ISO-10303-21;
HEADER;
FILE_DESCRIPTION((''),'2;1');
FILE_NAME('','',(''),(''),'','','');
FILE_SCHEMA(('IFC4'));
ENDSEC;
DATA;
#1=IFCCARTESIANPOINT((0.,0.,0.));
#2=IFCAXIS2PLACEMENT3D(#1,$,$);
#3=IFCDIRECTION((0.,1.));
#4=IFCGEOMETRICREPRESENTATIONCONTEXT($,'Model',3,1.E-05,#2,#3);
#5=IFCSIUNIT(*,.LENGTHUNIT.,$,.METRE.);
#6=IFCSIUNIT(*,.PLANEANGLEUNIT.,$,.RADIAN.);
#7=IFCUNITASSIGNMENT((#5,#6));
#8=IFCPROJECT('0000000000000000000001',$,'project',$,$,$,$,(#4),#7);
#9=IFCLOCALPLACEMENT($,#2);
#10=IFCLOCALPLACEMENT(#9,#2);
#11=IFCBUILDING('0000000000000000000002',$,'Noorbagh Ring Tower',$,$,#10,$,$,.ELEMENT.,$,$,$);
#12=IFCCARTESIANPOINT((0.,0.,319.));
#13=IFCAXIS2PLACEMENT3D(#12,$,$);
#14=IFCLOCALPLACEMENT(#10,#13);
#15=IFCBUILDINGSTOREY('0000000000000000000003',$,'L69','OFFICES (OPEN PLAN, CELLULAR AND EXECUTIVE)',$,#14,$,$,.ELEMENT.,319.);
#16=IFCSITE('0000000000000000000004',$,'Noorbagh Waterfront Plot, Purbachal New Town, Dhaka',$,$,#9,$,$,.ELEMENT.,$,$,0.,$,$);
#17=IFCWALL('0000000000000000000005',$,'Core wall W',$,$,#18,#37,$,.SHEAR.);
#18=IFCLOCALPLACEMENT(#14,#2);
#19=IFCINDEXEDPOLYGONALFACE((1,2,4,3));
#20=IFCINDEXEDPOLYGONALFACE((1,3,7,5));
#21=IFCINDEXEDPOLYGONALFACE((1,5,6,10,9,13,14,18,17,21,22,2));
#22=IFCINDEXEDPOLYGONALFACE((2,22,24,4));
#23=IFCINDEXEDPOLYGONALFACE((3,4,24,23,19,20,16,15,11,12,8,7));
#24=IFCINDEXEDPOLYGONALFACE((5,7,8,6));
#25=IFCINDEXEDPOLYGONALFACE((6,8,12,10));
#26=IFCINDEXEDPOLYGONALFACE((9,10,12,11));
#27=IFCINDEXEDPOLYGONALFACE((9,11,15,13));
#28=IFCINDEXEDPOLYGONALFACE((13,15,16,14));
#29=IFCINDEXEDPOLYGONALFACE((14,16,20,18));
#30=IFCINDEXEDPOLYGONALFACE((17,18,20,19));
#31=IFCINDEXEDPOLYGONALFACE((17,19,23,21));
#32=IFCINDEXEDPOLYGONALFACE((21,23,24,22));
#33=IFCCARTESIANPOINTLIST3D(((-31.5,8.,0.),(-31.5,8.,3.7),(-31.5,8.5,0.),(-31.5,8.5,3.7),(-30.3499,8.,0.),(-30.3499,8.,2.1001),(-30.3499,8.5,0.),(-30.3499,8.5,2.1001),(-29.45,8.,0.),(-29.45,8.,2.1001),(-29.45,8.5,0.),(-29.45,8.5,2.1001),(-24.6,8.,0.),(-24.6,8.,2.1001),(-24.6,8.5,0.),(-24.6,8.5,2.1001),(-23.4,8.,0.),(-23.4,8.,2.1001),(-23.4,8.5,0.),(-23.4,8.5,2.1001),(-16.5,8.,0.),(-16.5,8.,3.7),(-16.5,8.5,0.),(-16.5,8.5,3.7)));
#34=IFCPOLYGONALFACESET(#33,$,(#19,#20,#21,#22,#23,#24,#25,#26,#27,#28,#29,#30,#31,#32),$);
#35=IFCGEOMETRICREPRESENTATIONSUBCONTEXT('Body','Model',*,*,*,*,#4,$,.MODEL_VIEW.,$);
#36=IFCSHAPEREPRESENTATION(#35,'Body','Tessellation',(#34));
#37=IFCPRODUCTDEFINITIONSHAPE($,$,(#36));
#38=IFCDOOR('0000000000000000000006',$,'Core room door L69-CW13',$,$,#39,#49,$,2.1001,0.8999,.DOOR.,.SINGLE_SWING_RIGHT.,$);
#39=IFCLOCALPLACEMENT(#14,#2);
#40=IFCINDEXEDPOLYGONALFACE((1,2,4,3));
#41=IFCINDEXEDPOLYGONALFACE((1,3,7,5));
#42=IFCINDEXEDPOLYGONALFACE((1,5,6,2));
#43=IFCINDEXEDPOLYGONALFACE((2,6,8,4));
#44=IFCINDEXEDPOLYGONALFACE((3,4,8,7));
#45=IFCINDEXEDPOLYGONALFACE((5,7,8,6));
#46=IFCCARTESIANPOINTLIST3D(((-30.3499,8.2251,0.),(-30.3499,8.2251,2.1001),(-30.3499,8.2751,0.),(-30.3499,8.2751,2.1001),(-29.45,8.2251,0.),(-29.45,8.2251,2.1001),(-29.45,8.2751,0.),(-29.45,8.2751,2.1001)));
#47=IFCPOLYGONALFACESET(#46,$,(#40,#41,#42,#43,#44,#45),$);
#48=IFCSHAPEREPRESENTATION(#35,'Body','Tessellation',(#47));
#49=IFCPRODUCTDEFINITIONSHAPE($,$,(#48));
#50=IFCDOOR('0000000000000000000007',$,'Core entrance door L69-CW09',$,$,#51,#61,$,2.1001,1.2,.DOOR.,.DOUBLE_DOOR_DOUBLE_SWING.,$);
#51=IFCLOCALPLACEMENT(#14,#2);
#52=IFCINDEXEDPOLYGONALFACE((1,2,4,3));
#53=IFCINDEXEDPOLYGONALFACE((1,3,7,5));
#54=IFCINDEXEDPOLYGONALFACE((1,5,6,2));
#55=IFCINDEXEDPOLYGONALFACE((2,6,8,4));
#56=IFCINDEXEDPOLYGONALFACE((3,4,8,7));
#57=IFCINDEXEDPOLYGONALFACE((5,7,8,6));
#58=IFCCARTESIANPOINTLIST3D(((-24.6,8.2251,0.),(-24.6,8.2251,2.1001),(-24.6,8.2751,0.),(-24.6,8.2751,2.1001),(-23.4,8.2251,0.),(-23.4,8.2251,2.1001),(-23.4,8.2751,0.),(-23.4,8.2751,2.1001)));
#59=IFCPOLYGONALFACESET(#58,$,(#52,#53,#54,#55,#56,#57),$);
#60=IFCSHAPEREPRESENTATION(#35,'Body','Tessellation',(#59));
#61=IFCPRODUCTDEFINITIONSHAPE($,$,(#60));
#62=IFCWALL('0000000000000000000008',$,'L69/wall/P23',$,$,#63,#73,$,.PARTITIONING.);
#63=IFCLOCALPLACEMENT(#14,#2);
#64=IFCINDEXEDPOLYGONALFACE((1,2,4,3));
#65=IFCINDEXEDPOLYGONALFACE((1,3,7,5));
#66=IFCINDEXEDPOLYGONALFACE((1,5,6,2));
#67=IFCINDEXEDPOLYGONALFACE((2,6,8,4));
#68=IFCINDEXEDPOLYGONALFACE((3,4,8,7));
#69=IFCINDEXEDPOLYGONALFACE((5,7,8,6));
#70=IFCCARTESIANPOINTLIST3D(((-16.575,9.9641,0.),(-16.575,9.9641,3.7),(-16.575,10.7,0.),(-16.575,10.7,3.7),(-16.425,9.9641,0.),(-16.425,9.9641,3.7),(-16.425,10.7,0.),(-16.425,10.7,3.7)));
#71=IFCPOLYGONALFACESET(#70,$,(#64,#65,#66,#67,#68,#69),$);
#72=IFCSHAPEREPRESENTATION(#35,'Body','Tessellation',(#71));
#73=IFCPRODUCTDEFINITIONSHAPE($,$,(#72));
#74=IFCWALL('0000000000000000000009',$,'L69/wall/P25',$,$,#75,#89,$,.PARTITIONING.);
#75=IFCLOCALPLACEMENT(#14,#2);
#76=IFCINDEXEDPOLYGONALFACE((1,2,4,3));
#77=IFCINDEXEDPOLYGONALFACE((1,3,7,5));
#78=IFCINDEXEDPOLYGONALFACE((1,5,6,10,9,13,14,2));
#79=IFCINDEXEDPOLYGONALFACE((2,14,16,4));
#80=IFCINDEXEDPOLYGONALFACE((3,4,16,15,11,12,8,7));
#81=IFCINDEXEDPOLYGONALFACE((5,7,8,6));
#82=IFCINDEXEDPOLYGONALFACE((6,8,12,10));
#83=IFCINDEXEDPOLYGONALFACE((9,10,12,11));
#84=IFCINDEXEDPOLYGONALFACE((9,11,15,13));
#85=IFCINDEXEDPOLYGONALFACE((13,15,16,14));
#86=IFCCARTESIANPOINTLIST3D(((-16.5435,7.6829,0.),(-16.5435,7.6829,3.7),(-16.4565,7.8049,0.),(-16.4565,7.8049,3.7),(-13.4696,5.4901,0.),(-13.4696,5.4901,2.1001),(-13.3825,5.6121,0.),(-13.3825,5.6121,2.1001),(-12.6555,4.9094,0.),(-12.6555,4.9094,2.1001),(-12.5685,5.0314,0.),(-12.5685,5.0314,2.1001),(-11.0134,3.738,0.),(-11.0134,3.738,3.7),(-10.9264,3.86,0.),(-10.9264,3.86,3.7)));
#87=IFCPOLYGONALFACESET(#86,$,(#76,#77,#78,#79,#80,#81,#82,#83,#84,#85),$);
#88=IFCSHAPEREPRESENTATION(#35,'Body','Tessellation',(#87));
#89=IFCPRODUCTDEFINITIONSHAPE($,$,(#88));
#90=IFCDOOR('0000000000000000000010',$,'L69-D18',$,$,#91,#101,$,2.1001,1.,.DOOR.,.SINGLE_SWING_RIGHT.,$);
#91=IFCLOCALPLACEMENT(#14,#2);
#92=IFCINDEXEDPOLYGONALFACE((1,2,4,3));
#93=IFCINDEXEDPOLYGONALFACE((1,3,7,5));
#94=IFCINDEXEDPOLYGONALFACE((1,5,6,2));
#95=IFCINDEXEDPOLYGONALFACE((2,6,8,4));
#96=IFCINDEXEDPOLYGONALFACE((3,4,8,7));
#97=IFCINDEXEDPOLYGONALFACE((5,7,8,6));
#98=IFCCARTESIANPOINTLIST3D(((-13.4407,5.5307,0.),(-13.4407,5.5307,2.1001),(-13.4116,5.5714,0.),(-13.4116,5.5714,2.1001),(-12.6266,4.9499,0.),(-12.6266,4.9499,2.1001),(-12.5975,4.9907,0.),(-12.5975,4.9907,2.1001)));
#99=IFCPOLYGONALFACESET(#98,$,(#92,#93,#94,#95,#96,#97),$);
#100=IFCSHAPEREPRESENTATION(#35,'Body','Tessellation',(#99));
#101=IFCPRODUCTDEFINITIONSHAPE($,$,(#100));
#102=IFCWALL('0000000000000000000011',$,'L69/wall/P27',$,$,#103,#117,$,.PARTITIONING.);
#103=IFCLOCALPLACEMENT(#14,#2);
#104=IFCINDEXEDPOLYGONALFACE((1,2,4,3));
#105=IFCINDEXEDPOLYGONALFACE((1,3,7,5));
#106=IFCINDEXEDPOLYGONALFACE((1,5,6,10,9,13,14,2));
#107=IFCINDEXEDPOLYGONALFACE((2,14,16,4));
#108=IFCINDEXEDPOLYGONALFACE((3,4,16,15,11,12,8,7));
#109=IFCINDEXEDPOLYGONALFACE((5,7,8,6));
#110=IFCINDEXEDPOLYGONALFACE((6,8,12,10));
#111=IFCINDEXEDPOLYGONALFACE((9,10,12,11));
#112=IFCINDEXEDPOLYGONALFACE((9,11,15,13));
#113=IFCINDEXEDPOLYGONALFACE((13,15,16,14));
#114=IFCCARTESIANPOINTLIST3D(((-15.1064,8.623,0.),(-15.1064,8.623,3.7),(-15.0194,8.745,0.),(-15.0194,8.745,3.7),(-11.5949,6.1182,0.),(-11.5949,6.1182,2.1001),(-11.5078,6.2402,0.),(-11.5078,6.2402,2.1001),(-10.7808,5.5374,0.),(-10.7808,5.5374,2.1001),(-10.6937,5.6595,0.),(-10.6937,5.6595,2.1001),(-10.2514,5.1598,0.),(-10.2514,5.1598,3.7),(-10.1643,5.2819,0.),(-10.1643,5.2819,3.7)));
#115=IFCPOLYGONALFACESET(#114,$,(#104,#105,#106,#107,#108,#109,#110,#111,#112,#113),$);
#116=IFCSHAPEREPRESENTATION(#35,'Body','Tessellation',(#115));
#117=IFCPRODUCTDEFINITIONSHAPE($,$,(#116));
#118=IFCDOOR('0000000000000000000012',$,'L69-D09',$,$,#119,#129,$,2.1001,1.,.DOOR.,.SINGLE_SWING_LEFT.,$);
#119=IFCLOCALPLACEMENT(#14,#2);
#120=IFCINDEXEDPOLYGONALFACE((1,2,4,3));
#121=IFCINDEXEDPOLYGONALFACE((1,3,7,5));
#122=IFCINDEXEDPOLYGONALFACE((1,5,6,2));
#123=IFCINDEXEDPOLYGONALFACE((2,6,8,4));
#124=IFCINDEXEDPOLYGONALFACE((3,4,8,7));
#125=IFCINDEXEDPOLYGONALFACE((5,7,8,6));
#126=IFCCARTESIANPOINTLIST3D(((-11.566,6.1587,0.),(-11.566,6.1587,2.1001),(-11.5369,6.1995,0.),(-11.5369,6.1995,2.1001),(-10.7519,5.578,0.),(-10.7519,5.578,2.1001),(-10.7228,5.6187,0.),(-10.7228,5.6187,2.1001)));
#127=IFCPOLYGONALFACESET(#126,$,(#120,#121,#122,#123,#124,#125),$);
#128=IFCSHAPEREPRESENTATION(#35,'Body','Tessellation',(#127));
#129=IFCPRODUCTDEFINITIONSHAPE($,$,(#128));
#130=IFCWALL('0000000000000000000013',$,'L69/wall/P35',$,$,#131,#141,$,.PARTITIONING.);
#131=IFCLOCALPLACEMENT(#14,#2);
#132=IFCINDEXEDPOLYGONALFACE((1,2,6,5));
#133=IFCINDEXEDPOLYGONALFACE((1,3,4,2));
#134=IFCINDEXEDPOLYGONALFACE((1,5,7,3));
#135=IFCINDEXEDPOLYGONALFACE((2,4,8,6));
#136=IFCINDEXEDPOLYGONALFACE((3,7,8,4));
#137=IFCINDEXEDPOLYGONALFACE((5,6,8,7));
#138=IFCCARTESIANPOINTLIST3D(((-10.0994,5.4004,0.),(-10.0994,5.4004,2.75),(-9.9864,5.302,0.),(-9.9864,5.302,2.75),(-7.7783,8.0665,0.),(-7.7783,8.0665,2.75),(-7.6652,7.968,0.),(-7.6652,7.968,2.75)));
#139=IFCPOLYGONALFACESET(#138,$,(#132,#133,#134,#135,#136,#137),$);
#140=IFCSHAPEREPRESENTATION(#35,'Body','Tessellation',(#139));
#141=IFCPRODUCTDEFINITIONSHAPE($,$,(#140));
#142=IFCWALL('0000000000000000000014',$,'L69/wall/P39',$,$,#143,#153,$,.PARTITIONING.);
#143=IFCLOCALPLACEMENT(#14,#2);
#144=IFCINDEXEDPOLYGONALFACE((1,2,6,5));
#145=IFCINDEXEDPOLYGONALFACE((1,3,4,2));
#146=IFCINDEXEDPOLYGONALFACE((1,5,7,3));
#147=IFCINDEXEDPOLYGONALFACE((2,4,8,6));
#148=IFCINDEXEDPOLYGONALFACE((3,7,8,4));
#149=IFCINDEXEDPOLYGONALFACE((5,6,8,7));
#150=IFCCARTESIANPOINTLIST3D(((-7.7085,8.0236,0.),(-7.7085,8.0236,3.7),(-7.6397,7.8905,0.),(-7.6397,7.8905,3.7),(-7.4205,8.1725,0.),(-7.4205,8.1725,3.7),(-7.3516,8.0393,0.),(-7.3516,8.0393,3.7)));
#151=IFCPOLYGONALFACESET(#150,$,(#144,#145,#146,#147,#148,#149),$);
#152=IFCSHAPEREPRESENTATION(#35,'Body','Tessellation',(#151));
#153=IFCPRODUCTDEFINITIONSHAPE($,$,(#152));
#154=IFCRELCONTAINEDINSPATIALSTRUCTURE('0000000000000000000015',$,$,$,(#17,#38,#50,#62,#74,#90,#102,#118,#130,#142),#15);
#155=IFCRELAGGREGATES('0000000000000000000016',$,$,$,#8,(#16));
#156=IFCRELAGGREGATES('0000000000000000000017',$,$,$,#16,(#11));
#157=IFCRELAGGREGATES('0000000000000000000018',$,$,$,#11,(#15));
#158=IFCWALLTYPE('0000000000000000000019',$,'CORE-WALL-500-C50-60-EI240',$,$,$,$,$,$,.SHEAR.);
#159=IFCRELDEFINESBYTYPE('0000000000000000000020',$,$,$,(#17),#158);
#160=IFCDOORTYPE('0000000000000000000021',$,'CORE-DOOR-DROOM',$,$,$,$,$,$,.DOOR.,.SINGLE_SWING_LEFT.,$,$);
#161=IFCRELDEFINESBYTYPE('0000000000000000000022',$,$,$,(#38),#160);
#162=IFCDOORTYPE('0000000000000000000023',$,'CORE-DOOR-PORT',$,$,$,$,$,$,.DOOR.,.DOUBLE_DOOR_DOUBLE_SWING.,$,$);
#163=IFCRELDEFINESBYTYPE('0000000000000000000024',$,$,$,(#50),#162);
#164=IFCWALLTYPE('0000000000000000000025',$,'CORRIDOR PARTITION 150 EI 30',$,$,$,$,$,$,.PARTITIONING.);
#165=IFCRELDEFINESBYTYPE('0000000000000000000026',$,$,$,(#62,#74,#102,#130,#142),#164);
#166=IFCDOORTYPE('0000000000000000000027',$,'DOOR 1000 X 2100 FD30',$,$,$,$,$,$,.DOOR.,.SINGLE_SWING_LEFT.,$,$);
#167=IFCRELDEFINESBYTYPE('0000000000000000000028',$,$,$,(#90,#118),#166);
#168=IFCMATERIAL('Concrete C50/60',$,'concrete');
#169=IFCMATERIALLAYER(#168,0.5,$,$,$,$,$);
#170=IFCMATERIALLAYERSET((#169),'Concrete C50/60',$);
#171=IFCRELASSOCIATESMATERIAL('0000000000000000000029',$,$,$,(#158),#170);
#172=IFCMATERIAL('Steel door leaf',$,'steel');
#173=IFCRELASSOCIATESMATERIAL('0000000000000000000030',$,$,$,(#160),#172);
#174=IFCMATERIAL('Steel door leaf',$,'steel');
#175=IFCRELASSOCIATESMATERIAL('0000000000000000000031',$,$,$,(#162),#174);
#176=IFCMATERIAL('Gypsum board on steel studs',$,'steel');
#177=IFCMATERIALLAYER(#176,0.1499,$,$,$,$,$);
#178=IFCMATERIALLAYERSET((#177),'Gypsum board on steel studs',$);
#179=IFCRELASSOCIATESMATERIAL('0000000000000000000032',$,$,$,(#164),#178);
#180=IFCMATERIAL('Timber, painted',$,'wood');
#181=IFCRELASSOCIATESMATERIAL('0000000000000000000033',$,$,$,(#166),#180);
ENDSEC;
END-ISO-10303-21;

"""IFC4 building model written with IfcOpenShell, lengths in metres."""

from ifc_helpers import new_model, si_unit, direction, frame, frame_2d, origin, place, context, subcontext, project, spatial, rectangle, extrude, material, layer, layer_set, type_object, element, fill, save


model = new_model("IFC4")

# Units and contexts
model_context = context("Model", 3, precision=1e-05, world=origin(), true_north=direction((0.0, 1.0)))
body_context = subcontext(model_context, "Body", "Model", "MODEL_VIEW")
ifc_project = project(units=[si_unit("LENGTHUNIT", "METRE"), si_unit("PLANEANGLEUNIT", "RADIAN")], contexts=[model_context])

# Site, building, storey
site_placement = place(None, origin())
site = spatial("IfcSite", under=ifc_project, at=site_placement, Name="Noorbagh Waterfront Plot, Purbachal New Town, Dhaka", CompositionType="ELEMENT", RefElevation=0.0)
building_placement = place(site_placement, origin())
building = spatial("IfcBuilding", under=site, at=building_placement, Name="Noorbagh Ring Tower", CompositionType="ELEMENT")
storey_placement = place(building_placement, frame((0.0, 0.0, 319.0)))
storey = spatial("IfcBuildingStorey", under=building, at=storey_placement, Name="L69", Description="OFFICES (OPEN PLAN, CELLULAR AND EXECUTIVE)", CompositionType="ELEMENT", Elevation=319.0)

# Wall, openings, doors
ifc_material_1 = material(Name="Concrete C50/60", Category="concrete")
ifc_layer_1 = layer(ifc_material_1, 0.5)
ifc_layer_set_1 = layer_set([ifc_layer_1], Name="Concrete C50/60")
wall_type_1 = type_object("IfcWallType", Name="CORE-WALL-500-C50-60-EI240", PredefinedType="SHEAR", material=ifc_layer_set_1)
wall_1_placement = place(storey_placement, frame((-16.5, 8.25, 0.0), z_axis=(0.0, 0.0, 1.0), x_axis=(-1.0, 0.0, 0.0)))
wall_1 = element("IfcWall", 1, at=wall_1_placement, inside=storey, type_object=wall_type_1, Name="Core wall W", PredefinedType="SHEAR", context=body_context, shape_type="SweptSolid", body=[
    extrude(rectangle(XDim=15.0, YDim=0.5, at=frame_2d((7.5, 0.0))), origin(), (0.0, 0.0, 1.0), 3.7),
])
opening_1_placement = place(wall_1_placement, frame((6.8999, 0.0, 0.0)))
opening_1 = element("IfcOpeningElement", 2, at=opening_1_placement, cuts=wall_1, PredefinedType="OPENING", context=body_context, shape_type="SweptSolid", body=[
    extrude(rectangle(XDim=1.2, YDim=2.1001, at=frame_2d((0.6001, 1.05))), frame((0.0, 0.26, 0.0), z_axis=(0.0, -1.0, 0.0), x_axis=(1.0, 0.0, 0.0)), (0.0, 0.0, 1.0), 0.52),
])
opening_2_placement = place(wall_1_placement, frame((12.95, 0.0, 0.0)))
opening_2 = element("IfcOpeningElement", 3, at=opening_2_placement, cuts=wall_1, PredefinedType="OPENING", context=body_context, shape_type="SweptSolid", body=[
    extrude(rectangle(XDim=0.8999, YDim=2.1001, at=frame_2d((0.45, 1.05))), frame((0.0, 0.26, 0.0), z_axis=(0.0, -1.0, 0.0), x_axis=(1.0, 0.0, 0.0)), (0.0, 0.0, 1.0), 0.52),
])
ifc_material_2 = material(Name="Steel door leaf", Category="steel")
door_type_1 = type_object("IfcDoorType", Name="CORE-DOOR-DROOM", OperationType="SINGLE_SWING_LEFT", PredefinedType="DOOR", material=ifc_material_2)
door_1_placement = place(opening_2_placement, origin())
door_1 = element("IfcDoor", 4, at=door_1_placement, inside=storey, type_object=door_type_1, Name="Core room door L69-CW13", OperationType="SINGLE_SWING_RIGHT", OverallHeight=2.1001, OverallWidth=0.8999, PredefinedType="DOOR", context=body_context, shape_type="SweptSolid", body=[
    extrude(rectangle(XDim=0.8999, YDim=2.1001, at=frame_2d((0.45, 1.05))), frame((0.0, 0.0249, 0.0), z_axis=(0.0, -1.0, 0.0), x_axis=(1.0, 0.0, 0.0)), (0.0, 0.0, 1.0), 0.05),
])
fill(opening_2, door_1)
ifc_material_3 = material(Name="Steel door leaf", Category="steel")
door_type_2 = type_object("IfcDoorType", Name="CORE-DOOR-PORT", OperationType="DOUBLE_DOOR_DOUBLE_SWING", PredefinedType="DOOR", material=ifc_material_3)
door_2_placement = place(opening_1_placement, origin())
door_2 = element("IfcDoor", 5, at=door_2_placement, inside=storey, type_object=door_type_2, Name="Core entrance door L69-CW09", OperationType="DOUBLE_DOOR_DOUBLE_SWING", OverallHeight=2.1001, OverallWidth=1.2, PredefinedType="DOOR", context=body_context, shape_type="SweptSolid", body=[
    extrude(rectangle(XDim=1.2, YDim=2.1001, at=frame_2d((0.6001, 1.05))), frame((0.0, 0.0249, 0.0), z_axis=(0.0, -1.0, 0.0), x_axis=(1.0, 0.0, 0.0)), (0.0, 0.0, 1.0), 0.05),
])
fill(opening_1, door_2)

# Wall
ifc_material_4 = material(Name="Gypsum board on steel studs", Category="steel")
ifc_layer_2 = layer(ifc_material_4, 0.1499)
ifc_layer_set_2 = layer_set([ifc_layer_2], Name="Gypsum board on steel studs")
wall_type_2 = type_object("IfcWallType", Name="CORRIDOR PARTITION 150 EI 30", PredefinedType="PARTITIONING", material=ifc_layer_set_2)
wall_2_placement = place(storey_placement, frame((-16.5, 9.9641, 0.0), z_axis=(0.0, 0.0, 1.0), x_axis=(0.0, 1.0, 0.0)))
element("IfcWall", 6, at=wall_2_placement, inside=storey, type_object=wall_type_2, Name="L69/wall/P23", PredefinedType="PARTITIONING", context=body_context, shape_type="SweptSolid", body=[
    extrude(rectangle(XDim=0.7358, YDim=0.1499, at=frame_2d((0.3679, 0.0))), origin(), (0.0, 0.0, 1.0), 3.7),
])

# Walls, openings, doors
wall_3_placement = place(storey_placement, frame((-16.5, 7.7439, 0.0), z_axis=(0.0, 0.0, 1.0), x_axis=(0.814095, -0.580732, 0.0)))
wall_3 = element("IfcWall", 7, at=wall_3_placement, inside=storey, type_object=wall_type_2, Name="L69/wall/P25", PredefinedType="PARTITIONING", context=body_context, shape_type="SweptSolid", body=[
    extrude(rectangle(XDim=6.793, YDim=0.1499, at=frame_2d((3.3965, 0.0))), origin(), (0.0, 0.0, 1.0), 3.7),
])
opening_3_placement = place(wall_3_placement, frame((3.7759, 0.0, 0.0)))
opening_3 = element("IfcOpeningElement", 8, at=opening_3_placement, cuts=wall_3, PredefinedType="OPENING", context=body_context, shape_type="SweptSolid", body=[
    extrude(rectangle(XDim=1.0, YDim=2.1001, at=frame_2d((0.5, 1.05))), frame((0.0, 0.085, 0.0), z_axis=(0.0, -1.0, 0.0), x_axis=(1.0, 0.0, 0.0)), (0.0, 0.0, 1.0), 0.1699),
])
ifc_material_5 = material(Name="Timber, painted", Category="wood")
door_type_3 = type_object("IfcDoorType", Name="DOOR 1000 X 2100 FD30", OperationType="SINGLE_SWING_LEFT", PredefinedType="DOOR", material=ifc_material_5)
door_3_placement = place(opening_3_placement, origin())
door_3 = element("IfcDoor", 9, at=door_3_placement, inside=storey, type_object=door_type_3, Name="L69-D18", OperationType="SINGLE_SWING_RIGHT", OverallHeight=2.1001, OverallWidth=1.0, PredefinedType="DOOR", context=body_context, shape_type="SweptSolid", body=[
    extrude(rectangle(XDim=1.0, YDim=2.1001, at=frame_2d((0.5, 1.05))), frame((0.0, 0.0249, 0.0), z_axis=(0.0, -1.0, 0.0), x_axis=(1.0, 0.0, 0.0)), (0.0, 0.0, 1.0), 0.05),
])
fill(opening_3, door_3)
wall_4_placement = place(storey_placement, frame((-15.063, 8.6841, 0.0), z_axis=(0.0, 0.0, 1.0), x_axis=(0.814107, -0.580715, 0.0)))
wall_4 = element("IfcWall", 10, at=wall_4_placement, inside=storey, type_object=wall_type_2, Name="L69/wall/P27", PredefinedType="PARTITIONING", context=body_context, shape_type="SweptSolid", body=[
    extrude(rectangle(XDim=5.9636, YDim=0.1499, at=frame_2d((2.9819, 0.0))), origin(), (0.0, 0.0, 1.0), 3.7),
])
opening_4_placement = place(wall_4_placement, frame((4.3135, 0.0, 0.0)))
opening_4 = element("IfcOpeningElement", 11, at=opening_4_placement, cuts=wall_4, PredefinedType="OPENING", context=body_context, shape_type="SweptSolid", body=[
    extrude(rectangle(XDim=1.0, YDim=2.1001, at=frame_2d((0.5, 1.05))), frame((0.0, 0.085, 0.0), z_axis=(0.0, -1.0, 0.0), x_axis=(1.0, 0.0, 0.0)), (0.0, 0.0, 1.0), 0.1699),
])
door_4_placement = place(opening_4_placement, origin())
door_4 = element("IfcDoor", 12, at=door_4_placement, inside=storey, type_object=door_type_3, Name="L69-D09", OperationType="SINGLE_SWING_LEFT", OverallHeight=2.1001, OverallWidth=1.0, PredefinedType="DOOR", context=body_context, shape_type="SweptSolid", body=[
    extrude(rectangle(XDim=1.0, YDim=2.1001, at=frame_2d((0.5, 1.05))), frame((0.0, 0.0249, 0.0), z_axis=(0.0, -1.0, 0.0), x_axis=(1.0, 0.0, 0.0)), (0.0, 0.0, 1.0), 0.05),
])
fill(opening_4, door_4)

# Walls
wall_5_placement = place(storey_placement, frame((-10.043, 5.3511, 0.0), z_axis=(0.0, 0.0, 1.0), x_axis=(0.656625, 0.754217, 0.0)))
element("IfcWall", 13, at=wall_5_placement, inside=storey, type_object=wall_type_2, Name="L69/wall/P35", PredefinedType="PARTITIONING", context=body_context, shape_type="SweptSolid", body=[
    extrude(rectangle(XDim=3.5349, YDim=0.1499, at=frame_2d((1.7676, 0.0))), origin(), (0.0, 0.0, 1.0), 2.75),
])
wall_6_placement = place(storey_placement, frame((-7.6741, 7.957, 0.0), z_axis=(0.0, 0.0, 1.0), x_axis=(0.888324, 0.459218, 0.0)))
element("IfcWall", 14, at=wall_6_placement, inside=storey, type_object=wall_type_2, Name="L69/wall/P39", PredefinedType="PARTITIONING", context=body_context, shape_type="SweptSolid", body=[
    extrude(rectangle(XDim=0.3242, YDim=0.1499, at=frame_2d((0.1621, 0.0))), origin(), (0.0, 0.0, 1.0), 3.7),
])

save(model, "model.ifc")
